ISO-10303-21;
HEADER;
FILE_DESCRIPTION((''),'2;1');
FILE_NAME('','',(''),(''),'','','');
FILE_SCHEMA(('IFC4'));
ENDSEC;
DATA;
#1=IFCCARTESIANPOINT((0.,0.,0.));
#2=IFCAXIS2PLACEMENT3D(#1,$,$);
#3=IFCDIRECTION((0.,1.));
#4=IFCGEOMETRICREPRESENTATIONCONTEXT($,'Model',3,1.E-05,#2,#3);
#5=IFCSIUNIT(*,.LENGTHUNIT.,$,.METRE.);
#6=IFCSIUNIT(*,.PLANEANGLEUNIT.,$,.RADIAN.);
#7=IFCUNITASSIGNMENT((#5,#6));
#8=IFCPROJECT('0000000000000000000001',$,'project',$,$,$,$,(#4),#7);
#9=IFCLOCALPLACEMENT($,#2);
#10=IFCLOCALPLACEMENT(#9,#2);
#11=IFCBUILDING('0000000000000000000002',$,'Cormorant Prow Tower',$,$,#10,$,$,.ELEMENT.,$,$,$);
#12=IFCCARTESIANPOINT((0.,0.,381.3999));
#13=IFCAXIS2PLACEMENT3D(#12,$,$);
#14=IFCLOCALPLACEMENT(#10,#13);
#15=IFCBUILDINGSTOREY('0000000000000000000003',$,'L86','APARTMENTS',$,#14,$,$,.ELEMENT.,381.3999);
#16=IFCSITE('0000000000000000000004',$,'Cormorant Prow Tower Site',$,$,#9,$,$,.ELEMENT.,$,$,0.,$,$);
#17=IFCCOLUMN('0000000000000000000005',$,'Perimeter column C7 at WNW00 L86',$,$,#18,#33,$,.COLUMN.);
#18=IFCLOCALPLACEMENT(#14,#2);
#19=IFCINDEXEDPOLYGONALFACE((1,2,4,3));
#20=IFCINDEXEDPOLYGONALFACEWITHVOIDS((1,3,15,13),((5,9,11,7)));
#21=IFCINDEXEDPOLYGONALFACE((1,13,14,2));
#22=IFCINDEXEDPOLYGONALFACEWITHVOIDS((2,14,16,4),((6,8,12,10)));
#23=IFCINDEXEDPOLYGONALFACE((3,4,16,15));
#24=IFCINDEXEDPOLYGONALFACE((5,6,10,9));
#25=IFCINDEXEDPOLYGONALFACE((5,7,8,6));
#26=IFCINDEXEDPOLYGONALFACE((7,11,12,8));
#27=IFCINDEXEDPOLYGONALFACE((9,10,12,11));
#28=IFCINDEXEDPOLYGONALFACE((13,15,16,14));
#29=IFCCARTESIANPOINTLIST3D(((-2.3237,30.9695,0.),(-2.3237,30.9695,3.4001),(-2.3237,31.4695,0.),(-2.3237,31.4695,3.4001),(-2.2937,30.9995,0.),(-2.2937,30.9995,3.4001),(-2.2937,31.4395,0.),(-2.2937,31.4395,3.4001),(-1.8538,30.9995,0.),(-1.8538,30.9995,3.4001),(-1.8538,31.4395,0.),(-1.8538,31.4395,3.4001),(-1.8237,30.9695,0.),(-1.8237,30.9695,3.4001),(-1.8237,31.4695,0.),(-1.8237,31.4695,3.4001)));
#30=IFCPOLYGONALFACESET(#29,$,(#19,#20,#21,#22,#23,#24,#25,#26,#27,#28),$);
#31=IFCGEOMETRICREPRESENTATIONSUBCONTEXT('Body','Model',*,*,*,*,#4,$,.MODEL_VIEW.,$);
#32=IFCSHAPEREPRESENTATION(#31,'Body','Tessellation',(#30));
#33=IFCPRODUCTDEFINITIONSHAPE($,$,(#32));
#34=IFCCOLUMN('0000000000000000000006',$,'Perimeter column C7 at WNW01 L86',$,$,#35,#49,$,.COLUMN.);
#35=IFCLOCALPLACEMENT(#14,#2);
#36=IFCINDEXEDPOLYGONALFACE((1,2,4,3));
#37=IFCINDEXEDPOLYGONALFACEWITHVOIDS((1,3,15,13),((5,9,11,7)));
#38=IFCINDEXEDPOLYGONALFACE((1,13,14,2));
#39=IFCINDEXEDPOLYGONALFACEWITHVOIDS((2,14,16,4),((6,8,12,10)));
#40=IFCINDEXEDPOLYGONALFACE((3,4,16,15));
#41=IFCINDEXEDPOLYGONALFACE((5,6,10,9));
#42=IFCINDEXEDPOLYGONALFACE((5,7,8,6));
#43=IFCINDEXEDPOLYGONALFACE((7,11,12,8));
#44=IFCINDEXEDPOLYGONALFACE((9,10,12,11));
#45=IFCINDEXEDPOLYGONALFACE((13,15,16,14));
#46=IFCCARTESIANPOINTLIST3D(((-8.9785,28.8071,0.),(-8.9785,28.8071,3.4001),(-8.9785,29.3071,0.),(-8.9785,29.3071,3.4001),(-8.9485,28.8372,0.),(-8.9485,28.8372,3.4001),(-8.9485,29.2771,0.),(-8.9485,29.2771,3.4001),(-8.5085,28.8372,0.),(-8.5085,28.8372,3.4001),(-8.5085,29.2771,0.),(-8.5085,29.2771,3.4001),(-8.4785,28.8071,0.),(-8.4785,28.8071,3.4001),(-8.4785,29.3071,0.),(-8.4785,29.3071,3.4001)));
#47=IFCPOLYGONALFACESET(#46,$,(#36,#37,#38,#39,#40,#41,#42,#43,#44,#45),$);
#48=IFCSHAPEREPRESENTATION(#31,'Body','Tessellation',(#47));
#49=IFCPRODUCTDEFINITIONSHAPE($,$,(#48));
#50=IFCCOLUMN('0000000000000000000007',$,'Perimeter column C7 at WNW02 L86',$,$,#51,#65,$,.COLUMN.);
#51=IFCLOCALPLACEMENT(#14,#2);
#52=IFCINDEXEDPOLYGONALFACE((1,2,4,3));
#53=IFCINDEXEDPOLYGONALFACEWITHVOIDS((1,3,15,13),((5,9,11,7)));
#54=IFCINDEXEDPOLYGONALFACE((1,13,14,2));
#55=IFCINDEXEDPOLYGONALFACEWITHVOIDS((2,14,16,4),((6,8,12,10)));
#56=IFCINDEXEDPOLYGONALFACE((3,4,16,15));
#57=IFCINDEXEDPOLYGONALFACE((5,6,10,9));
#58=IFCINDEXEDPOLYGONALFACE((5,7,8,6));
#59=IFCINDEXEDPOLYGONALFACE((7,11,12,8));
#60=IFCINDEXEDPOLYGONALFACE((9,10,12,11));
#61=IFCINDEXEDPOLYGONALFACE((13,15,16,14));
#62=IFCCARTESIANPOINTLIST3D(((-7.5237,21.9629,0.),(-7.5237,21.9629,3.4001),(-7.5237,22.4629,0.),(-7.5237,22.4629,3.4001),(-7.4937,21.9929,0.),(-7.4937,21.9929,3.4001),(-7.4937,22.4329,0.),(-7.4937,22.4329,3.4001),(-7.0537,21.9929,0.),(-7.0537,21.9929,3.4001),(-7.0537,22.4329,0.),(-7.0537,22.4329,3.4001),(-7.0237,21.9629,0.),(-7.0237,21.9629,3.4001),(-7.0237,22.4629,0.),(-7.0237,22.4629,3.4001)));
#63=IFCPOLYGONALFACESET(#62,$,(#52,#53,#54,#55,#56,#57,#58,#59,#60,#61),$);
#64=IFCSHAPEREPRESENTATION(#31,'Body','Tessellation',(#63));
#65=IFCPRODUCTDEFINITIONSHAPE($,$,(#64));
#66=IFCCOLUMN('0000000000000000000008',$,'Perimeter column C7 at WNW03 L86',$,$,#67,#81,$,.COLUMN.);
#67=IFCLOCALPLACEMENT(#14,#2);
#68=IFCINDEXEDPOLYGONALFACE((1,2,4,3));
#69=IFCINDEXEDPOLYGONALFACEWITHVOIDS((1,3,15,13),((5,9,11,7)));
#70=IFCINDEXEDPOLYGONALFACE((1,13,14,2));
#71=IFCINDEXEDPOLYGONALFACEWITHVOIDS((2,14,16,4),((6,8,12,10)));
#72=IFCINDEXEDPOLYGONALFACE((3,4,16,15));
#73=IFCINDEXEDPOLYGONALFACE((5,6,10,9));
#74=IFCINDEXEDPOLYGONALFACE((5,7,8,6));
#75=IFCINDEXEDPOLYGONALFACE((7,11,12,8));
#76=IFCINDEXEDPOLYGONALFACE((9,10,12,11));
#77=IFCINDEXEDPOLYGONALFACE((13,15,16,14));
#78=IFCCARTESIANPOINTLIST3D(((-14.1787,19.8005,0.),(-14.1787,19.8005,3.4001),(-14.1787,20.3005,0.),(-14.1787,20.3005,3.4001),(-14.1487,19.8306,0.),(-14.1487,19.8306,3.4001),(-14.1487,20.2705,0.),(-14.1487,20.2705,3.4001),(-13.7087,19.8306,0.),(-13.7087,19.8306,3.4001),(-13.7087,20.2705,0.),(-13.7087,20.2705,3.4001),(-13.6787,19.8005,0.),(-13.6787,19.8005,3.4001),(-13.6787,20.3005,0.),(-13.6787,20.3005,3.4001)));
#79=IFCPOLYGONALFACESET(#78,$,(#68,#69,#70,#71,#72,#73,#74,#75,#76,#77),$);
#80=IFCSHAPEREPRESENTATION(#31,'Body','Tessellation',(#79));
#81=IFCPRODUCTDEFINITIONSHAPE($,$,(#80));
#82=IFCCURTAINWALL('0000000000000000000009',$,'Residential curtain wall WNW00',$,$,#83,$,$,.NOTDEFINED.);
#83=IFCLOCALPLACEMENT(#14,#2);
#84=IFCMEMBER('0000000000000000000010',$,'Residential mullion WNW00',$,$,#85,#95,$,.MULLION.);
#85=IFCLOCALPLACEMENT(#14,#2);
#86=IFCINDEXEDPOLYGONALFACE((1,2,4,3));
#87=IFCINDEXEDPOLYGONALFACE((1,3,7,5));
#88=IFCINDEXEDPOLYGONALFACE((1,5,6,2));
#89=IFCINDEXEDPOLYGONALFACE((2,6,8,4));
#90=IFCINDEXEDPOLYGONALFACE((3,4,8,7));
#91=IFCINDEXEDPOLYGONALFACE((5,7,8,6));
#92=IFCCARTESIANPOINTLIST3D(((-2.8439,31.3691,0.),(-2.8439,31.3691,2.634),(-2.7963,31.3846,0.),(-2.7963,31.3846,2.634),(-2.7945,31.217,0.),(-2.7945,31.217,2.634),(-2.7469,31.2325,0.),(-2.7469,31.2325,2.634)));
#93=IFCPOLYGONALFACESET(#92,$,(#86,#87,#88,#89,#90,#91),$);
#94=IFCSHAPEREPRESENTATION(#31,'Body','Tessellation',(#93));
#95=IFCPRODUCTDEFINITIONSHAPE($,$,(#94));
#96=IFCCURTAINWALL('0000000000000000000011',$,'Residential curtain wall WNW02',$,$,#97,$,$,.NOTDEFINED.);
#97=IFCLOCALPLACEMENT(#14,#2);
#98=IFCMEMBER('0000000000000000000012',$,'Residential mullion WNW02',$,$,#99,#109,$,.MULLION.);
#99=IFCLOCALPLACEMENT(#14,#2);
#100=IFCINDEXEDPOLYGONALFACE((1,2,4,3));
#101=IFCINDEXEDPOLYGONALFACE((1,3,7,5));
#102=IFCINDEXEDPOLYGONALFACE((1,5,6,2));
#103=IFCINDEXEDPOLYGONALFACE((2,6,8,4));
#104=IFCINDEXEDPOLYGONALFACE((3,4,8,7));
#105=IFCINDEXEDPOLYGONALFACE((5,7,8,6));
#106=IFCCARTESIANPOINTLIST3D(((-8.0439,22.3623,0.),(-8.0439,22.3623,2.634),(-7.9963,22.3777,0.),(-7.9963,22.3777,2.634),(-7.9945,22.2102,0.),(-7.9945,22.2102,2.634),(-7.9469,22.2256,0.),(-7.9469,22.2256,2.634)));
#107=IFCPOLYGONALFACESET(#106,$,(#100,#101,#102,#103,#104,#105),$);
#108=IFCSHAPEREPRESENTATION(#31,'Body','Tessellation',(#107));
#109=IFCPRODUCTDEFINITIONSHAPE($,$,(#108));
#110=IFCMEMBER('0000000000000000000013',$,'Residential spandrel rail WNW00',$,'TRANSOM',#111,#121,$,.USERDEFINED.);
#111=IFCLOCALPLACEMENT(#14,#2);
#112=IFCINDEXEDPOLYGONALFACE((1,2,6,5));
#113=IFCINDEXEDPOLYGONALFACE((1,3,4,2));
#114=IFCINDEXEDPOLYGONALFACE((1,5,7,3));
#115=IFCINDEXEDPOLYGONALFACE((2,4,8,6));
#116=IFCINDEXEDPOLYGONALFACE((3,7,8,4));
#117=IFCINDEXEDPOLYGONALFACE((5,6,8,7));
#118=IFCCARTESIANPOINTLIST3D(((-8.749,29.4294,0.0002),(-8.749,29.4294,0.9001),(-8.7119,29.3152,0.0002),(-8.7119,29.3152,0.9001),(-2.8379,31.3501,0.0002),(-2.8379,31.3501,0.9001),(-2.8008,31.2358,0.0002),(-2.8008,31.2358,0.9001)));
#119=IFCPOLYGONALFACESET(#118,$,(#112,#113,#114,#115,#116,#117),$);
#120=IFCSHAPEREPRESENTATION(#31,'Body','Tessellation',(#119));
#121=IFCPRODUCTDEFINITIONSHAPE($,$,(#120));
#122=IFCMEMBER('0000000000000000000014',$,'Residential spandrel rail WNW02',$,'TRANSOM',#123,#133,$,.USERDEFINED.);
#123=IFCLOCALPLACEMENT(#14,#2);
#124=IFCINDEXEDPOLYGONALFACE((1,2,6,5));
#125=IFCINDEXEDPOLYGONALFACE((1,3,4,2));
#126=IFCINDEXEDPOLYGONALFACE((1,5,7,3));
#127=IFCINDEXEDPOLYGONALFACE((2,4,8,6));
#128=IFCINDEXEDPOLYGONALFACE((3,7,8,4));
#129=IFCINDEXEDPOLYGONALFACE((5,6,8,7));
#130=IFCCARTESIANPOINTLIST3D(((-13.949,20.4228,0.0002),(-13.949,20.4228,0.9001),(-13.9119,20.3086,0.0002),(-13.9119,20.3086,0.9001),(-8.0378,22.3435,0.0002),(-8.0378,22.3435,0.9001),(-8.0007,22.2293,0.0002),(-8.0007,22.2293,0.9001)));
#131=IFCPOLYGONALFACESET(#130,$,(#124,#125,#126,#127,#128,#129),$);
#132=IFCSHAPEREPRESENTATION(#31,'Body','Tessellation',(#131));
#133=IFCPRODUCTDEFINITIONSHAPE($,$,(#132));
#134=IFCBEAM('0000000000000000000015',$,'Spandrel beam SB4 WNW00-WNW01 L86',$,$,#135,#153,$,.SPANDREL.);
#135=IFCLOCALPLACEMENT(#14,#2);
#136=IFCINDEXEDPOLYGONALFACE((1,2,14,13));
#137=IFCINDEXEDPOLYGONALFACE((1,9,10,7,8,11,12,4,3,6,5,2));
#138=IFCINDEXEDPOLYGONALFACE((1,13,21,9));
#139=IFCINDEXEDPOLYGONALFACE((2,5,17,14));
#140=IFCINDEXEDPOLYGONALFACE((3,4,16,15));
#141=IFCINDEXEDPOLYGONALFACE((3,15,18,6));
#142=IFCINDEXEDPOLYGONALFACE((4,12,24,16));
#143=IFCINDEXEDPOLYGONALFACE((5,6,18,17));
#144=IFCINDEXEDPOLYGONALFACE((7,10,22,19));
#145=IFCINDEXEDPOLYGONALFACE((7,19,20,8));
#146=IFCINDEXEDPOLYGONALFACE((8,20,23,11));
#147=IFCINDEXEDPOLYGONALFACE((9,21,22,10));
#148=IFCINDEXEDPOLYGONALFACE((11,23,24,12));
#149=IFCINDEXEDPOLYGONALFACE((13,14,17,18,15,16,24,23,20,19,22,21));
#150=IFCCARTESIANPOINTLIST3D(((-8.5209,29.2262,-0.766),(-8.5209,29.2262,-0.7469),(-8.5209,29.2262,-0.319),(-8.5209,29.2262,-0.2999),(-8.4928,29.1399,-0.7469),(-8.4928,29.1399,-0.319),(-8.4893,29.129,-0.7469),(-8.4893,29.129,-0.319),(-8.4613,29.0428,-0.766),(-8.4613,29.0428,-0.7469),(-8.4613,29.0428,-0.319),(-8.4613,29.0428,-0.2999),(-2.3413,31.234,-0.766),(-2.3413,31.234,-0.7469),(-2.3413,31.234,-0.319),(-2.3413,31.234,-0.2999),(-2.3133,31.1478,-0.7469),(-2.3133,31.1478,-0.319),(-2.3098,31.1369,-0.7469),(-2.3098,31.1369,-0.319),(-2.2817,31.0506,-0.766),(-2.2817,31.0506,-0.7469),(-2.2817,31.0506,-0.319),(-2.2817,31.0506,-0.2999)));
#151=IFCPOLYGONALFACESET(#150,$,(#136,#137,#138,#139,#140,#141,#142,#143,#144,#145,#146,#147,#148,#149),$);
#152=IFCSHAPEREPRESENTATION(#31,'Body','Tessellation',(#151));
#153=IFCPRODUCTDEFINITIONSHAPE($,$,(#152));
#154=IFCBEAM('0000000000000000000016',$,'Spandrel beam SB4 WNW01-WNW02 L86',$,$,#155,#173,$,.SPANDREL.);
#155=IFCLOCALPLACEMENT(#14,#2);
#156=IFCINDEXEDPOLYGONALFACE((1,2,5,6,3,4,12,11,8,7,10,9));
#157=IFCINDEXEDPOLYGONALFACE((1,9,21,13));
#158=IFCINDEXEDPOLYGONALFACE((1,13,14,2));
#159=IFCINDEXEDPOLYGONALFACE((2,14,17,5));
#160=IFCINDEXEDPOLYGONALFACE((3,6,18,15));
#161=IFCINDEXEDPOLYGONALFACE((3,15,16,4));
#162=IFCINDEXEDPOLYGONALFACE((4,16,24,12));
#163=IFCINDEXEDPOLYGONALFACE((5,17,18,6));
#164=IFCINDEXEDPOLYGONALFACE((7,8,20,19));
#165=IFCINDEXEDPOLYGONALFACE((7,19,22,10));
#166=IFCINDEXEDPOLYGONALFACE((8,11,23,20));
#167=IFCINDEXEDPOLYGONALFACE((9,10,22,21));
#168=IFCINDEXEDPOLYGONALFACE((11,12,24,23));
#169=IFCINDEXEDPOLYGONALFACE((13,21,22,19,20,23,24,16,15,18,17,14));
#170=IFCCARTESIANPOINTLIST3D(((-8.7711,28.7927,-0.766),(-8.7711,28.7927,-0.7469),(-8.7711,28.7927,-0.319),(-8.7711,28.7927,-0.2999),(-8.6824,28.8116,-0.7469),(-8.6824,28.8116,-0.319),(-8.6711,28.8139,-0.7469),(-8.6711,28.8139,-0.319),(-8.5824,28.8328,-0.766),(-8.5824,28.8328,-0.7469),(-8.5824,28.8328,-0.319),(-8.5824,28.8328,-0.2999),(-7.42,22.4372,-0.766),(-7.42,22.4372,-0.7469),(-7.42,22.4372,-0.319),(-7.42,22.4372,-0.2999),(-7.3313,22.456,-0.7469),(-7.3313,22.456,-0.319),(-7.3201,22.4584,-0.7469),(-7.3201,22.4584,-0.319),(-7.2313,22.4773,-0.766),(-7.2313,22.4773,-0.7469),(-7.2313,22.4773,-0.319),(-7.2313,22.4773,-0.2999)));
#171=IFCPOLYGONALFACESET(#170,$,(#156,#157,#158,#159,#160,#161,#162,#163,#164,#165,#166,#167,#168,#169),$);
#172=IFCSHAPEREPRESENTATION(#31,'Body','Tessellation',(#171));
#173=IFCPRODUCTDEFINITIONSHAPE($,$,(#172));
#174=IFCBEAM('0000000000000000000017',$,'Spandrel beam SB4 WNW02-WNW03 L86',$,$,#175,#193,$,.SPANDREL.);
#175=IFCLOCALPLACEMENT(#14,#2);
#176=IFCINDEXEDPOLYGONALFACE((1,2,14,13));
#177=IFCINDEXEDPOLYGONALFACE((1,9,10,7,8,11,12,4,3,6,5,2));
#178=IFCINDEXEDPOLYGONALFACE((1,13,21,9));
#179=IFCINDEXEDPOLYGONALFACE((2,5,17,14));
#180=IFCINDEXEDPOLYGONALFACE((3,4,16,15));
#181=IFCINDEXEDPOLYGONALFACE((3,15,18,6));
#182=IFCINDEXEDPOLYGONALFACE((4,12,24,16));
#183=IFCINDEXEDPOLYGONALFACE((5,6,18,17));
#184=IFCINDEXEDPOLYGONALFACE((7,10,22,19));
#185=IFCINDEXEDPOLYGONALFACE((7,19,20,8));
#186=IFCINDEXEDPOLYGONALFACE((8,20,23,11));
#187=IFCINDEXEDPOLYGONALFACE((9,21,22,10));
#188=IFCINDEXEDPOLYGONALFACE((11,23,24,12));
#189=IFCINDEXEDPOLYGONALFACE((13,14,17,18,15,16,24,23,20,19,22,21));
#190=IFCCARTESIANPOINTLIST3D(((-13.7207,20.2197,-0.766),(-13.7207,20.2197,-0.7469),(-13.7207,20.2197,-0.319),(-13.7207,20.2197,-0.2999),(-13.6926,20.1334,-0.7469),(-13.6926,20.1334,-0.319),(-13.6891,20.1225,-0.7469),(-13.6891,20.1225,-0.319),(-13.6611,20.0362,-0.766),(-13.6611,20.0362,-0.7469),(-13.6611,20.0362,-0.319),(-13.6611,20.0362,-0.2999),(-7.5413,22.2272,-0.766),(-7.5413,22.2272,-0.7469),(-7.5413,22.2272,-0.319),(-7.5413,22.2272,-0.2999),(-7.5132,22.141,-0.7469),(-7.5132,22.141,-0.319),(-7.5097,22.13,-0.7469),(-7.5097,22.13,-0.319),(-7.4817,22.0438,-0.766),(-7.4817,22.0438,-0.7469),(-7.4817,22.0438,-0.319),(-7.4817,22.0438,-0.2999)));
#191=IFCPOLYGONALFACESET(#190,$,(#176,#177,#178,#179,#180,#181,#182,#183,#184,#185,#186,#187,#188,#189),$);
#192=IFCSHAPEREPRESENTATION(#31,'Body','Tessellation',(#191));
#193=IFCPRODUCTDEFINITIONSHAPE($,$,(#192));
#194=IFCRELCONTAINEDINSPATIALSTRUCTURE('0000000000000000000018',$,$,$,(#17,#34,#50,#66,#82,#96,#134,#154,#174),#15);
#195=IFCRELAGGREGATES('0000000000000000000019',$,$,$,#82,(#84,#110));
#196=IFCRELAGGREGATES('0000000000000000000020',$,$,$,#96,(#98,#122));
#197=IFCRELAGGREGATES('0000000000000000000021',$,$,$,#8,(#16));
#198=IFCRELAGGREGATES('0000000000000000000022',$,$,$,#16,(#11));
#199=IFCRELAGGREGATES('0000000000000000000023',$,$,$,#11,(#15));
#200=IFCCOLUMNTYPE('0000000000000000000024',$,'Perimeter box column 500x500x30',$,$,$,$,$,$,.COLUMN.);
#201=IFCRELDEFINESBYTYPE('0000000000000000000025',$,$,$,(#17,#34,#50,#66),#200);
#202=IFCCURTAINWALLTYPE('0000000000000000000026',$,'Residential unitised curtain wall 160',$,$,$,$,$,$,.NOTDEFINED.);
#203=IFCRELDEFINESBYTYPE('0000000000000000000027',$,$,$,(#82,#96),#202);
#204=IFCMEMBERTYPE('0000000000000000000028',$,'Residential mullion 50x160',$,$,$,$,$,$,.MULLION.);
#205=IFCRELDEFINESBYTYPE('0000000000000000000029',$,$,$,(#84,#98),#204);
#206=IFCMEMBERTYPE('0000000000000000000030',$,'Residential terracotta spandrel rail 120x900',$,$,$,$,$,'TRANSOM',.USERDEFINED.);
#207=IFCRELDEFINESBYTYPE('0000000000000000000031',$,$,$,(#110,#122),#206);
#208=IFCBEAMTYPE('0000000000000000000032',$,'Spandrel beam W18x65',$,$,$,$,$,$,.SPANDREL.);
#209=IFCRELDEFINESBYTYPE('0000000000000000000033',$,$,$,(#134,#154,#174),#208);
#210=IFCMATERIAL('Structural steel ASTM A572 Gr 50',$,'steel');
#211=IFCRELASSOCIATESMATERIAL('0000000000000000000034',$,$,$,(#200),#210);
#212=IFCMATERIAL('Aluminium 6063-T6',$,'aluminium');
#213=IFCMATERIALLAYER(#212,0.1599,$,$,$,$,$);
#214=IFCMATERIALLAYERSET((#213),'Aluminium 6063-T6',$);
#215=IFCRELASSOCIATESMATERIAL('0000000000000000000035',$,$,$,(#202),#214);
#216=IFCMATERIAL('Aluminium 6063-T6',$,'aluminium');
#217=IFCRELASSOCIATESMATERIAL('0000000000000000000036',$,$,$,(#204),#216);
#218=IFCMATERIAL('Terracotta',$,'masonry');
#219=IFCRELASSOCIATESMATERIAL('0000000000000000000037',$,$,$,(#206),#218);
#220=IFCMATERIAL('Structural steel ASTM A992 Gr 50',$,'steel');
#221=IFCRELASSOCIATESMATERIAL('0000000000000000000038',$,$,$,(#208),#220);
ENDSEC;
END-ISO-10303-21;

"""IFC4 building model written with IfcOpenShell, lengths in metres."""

from ifc_helpers import new_model, si_unit, direction, frame, origin, origin_2d, place, context, subcontext, project, spatial, rectangle, hollow_rectangle, i_section, extrude, material, layer, layer_set, material_profile, profile_set, type_object, element, aggregate, save


model = new_model("IFC4")

# Units and contexts
model_context = context("Model", 3, precision=1e-05, world=origin(), true_north=direction((0.0, 1.0)))
body_context = subcontext(model_context, "Body", "Model", "MODEL_VIEW")
ifc_project = project(units=[si_unit("LENGTHUNIT", "METRE"), si_unit("PLANEANGLEUNIT", "RADIAN")], contexts=[model_context])

# Site, building, storey
site_placement = place(None, origin())
site = spatial("IfcSite", under=ifc_project, at=site_placement, Name="Cormorant Prow Tower Site", CompositionType="ELEMENT", RefElevation=0.0)
building_placement = place(site_placement, origin())
building = spatial("IfcBuilding", under=site, at=building_placement, Name="Cormorant Prow Tower", CompositionType="ELEMENT")
storey_placement = place(building_placement, frame((0.0, 0.0, 381.3999)))
storey = spatial("IfcBuildingStorey", under=building, at=storey_placement, Name="L86", Description="APARTMENTS", CompositionType="ELEMENT", Elevation=381.3999)

# Columns
ifc_material_1 = material(Name="Structural steel ASTM A572 Gr 50", Category="steel")
ifc_material_profile_1 = material_profile(ifc_material_1, hollow_rectangle(XDim=0.5, YDim=0.5, WallThickness=0.03, at=origin_2d()), Name="Box 500x500x30")
ifc_profile_set_1 = profile_set([ifc_material_profile_1], Name="Structural steel ASTM A572 Gr 50")
column_type = type_object("IfcColumnType", Name="Perimeter box column 500x500x30", PredefinedType="COLUMN", material=ifc_profile_set_1)
for number, where, z_axis, x_axis, name in (
    (1, (-2.0737, 31.2195, 0.0), (0.0, 0.0, 1.0), (1.0, 0.0, 0.0), "Perimeter column C7 at WNW00 L86"),
    (2, (-8.7285, 29.0571, 0.0), (0.0, 0.0, 1.0), (1.0, 0.0, 0.0), "Perimeter column C7 at WNW01 L86"),
    (3, (-7.2737, 22.2129, 0.0), (0.0, 0.0, 1.0), (1.0, 0.0, 0.0), "Perimeter column C7 at WNW02 L86"),
    (4, (-13.9287, 20.0505, 0.0), (0.0, 0.0, 1.0), (1.0, 0.0, 0.0), "Perimeter column C7 at WNW03 L86"),
):
    element("IfcColumn", number, at=place(storey_placement, frame(where, z_axis=z_axis, x_axis=x_axis)), inside=storey, type_object=column_type, Name=name, PredefinedType="COLUMN", context=body_context, shape_type="SweptSolid", body=[
        extrude(hollow_rectangle(XDim=0.5, YDim=0.5, WallThickness=0.03, at=origin_2d()), origin(), (0.0, 0.0, 1.0), 3.4001),
    ])

# Curtain walls, members
ifc_material_2 = material(Name="Aluminium 6063-T6", Category="aluminium")
ifc_layer_1 = layer(ifc_material_2, 0.1599)
ifc_layer_set_1 = layer_set([ifc_layer_1], Name="Aluminium 6063-T6")
curtain_wall_type = type_object("IfcCurtainWallType", Name="Residential unitised curtain wall 160", PredefinedType="NOTDEFINED", material=ifc_layer_set_1)
curtain_wall_1_placement = place(storey_placement, origin())
curtain_wall_1 = element("IfcCurtainWall", 5, at=curtain_wall_1_placement, inside=storey, type_object=curtain_wall_type, Name="Residential curtain wall WNW00", PredefinedType="NOTDEFINED")
ifc_material_3 = material(Name="Aluminium 6063-T6", Category="aluminium")
ifc_material_profile_2 = material_profile(ifc_material_3, rectangle(XDim=0.1599, YDim=0.05, at=origin_2d()), Name="Residential mullion 50x160")
ifc_profile_set_2 = profile_set([ifc_material_profile_2], Name="Aluminium 6063-T6")
member_type_1 = type_object("IfcMemberType", Name="Residential mullion 50x160", PredefinedType="MULLION", material=ifc_profile_set_2)
member_1_placement = place(storey_placement, frame((-2.7954, 31.3008, 0.0), z_axis=(0.0, 0.0, 1.0), x_axis=(0.309017, -0.951057, 0.0)))
member_1 = element("IfcMember", 6, at=member_1_placement, type_object=member_type_1, Name="Residential mullion WNW00", PredefinedType="MULLION", context=body_context, shape_type="SweptSolid", body=[
    extrude(rectangle(XDim=0.1599, YDim=0.05, at=origin_2d()), origin(), (0.0, 0.0, 1.0), 2.634),
])
curtain_wall_2_placement = place(storey_placement, origin())
curtain_wall_2 = element("IfcCurtainWall", 7, at=curtain_wall_2_placement, inside=storey, type_object=curtain_wall_type, Name="Residential curtain wall WNW02", PredefinedType="NOTDEFINED")
member_2_placement = place(storey_placement, frame((-7.9954, 22.2939, 0.0), z_axis=(0.0, 0.0, 1.0), x_axis=(0.309017, -0.951057, 0.0)))
member_2 = element("IfcMember", 8, at=member_2_placement, type_object=member_type_1, Name="Residential mullion WNW02", PredefinedType="MULLION", context=body_context, shape_type="SweptSolid", body=[
    extrude(rectangle(XDim=0.1599, YDim=0.05, at=origin_2d()), origin(), (0.0, 0.0, 1.0), 2.634),
])

# Members
ifc_material_4 = material(Name="Terracotta", Category="masonry")
ifc_material_profile_3 = material_profile(ifc_material_4, rectangle(XDim=0.1201, YDim=0.8999, at=origin_2d()), Name="Residential terracotta spandrel rail 120x900")
ifc_profile_set_3 = profile_set([ifc_material_profile_3], Name="Terracotta")
member_type_2 = type_object("IfcMemberType", Name="Residential terracotta spandrel rail 120x900", ElementType="TRANSOM", PredefinedType="USERDEFINED", material=ifc_profile_set_3)
member_3_placement = place(storey_placement, frame((-2.8193, 31.293, 0.4502), z_axis=(-0.951056, -0.309019, 0.0), x_axis=(0.309019, -0.951056, 0.0)))
member_3 = element("IfcMember", 9, at=member_3_placement, type_object=member_type_2, Name="Residential spandrel rail WNW00", ObjectType="TRANSOM", PredefinedType="USERDEFINED", context=body_context, shape_type="SweptSolid", body=[
    extrude(rectangle(XDim=0.1201, YDim=0.8999, at=origin_2d()), origin(), (0.0, 0.0, 1.0), 6.2153),
])
member_4_placement = place(storey_placement, frame((-8.0193, 22.2864, 0.4502), z_axis=(-0.951056, -0.309019, 0.0), x_axis=(0.309019, -0.951056, 0.0)))
member_4 = element("IfcMember", 10, at=member_4_placement, type_object=member_type_2, Name="Residential spandrel rail WNW02", ObjectType="TRANSOM", PredefinedType="USERDEFINED", context=body_context, shape_type="SweptSolid", body=[
    extrude(rectangle(XDim=0.1201, YDim=0.8999, at=origin_2d()), origin(), (0.0, 0.0, 1.0), 6.2153),
])

# Beams
ifc_material_5 = material(Name="Structural steel ASTM A992 Gr 50", Category="steel")
ifc_material_profile_4 = material_profile(ifc_material_5, i_section(OverallWidth=0.1929, OverallDepth=0.4661, WebThickness=0.0115, FlangeThickness=0.019, at=origin_2d()), Name="W18x65")
ifc_profile_set_4 = profile_set([ifc_material_profile_4], Name="Structural steel ASTM A992 Gr 50")
beam_type = type_object("IfcBeamType", Name="Spandrel beam W18x65", PredefinedType="SPANDREL", material=ifc_profile_set_4)
for number, where, z_axis, x_axis, name in (
    (11, (-2.3115, 31.1423, -0.533), (-0.951057, -0.309016, 0.0), (0.309016, -0.951057, 0.0), "Spandrel beam SB4 WNW00-WNW01 L86"),
    (12, (-8.6768, 28.8127, -0.533), (0.207938, -0.978142, 0.0), (0.978142, 0.207938, 0.0), "Spandrel beam SB4 WNW01-WNW02 L86"),
):
    element("IfcBeam", number, at=place(storey_placement, frame(where, z_axis=z_axis, x_axis=x_axis)), inside=storey, type_object=beam_type, Name=name, PredefinedType="SPANDREL", context=body_context, shape_type="SweptSolid", body=[
        extrude(i_section(OverallWidth=0.1929, OverallDepth=0.4661, WebThickness=0.0115, FlangeThickness=0.019, at=origin_2d()), origin(), (0.0, 0.0, 1.0), 6.4976),
    ])
beam_placement = place(storey_placement, frame((-7.5115, 22.1355, -0.533), z_axis=(-0.951068, -0.308982, 0.0), x_axis=(0.308982, -0.951068, 0.0)))
element("IfcBeam", 13, at=beam_placement, inside=storey, type_object=beam_type, Name="Spandrel beam SB4 WNW02-WNW03 L86", PredefinedType="SPANDREL", context=body_context, shape_type="SweptSolid", body=[
    extrude(i_section(OverallWidth=0.1929, OverallDepth=0.4661, WebThickness=0.0115, FlangeThickness=0.019, at=origin_2d()), origin(), (0.0, 0.0, 1.0), 6.4973),
])

aggregate(curtain_wall_1, [member_1, member_3])
aggregate(curtain_wall_2, [member_2, member_4])

save(model, "model.ifc")
